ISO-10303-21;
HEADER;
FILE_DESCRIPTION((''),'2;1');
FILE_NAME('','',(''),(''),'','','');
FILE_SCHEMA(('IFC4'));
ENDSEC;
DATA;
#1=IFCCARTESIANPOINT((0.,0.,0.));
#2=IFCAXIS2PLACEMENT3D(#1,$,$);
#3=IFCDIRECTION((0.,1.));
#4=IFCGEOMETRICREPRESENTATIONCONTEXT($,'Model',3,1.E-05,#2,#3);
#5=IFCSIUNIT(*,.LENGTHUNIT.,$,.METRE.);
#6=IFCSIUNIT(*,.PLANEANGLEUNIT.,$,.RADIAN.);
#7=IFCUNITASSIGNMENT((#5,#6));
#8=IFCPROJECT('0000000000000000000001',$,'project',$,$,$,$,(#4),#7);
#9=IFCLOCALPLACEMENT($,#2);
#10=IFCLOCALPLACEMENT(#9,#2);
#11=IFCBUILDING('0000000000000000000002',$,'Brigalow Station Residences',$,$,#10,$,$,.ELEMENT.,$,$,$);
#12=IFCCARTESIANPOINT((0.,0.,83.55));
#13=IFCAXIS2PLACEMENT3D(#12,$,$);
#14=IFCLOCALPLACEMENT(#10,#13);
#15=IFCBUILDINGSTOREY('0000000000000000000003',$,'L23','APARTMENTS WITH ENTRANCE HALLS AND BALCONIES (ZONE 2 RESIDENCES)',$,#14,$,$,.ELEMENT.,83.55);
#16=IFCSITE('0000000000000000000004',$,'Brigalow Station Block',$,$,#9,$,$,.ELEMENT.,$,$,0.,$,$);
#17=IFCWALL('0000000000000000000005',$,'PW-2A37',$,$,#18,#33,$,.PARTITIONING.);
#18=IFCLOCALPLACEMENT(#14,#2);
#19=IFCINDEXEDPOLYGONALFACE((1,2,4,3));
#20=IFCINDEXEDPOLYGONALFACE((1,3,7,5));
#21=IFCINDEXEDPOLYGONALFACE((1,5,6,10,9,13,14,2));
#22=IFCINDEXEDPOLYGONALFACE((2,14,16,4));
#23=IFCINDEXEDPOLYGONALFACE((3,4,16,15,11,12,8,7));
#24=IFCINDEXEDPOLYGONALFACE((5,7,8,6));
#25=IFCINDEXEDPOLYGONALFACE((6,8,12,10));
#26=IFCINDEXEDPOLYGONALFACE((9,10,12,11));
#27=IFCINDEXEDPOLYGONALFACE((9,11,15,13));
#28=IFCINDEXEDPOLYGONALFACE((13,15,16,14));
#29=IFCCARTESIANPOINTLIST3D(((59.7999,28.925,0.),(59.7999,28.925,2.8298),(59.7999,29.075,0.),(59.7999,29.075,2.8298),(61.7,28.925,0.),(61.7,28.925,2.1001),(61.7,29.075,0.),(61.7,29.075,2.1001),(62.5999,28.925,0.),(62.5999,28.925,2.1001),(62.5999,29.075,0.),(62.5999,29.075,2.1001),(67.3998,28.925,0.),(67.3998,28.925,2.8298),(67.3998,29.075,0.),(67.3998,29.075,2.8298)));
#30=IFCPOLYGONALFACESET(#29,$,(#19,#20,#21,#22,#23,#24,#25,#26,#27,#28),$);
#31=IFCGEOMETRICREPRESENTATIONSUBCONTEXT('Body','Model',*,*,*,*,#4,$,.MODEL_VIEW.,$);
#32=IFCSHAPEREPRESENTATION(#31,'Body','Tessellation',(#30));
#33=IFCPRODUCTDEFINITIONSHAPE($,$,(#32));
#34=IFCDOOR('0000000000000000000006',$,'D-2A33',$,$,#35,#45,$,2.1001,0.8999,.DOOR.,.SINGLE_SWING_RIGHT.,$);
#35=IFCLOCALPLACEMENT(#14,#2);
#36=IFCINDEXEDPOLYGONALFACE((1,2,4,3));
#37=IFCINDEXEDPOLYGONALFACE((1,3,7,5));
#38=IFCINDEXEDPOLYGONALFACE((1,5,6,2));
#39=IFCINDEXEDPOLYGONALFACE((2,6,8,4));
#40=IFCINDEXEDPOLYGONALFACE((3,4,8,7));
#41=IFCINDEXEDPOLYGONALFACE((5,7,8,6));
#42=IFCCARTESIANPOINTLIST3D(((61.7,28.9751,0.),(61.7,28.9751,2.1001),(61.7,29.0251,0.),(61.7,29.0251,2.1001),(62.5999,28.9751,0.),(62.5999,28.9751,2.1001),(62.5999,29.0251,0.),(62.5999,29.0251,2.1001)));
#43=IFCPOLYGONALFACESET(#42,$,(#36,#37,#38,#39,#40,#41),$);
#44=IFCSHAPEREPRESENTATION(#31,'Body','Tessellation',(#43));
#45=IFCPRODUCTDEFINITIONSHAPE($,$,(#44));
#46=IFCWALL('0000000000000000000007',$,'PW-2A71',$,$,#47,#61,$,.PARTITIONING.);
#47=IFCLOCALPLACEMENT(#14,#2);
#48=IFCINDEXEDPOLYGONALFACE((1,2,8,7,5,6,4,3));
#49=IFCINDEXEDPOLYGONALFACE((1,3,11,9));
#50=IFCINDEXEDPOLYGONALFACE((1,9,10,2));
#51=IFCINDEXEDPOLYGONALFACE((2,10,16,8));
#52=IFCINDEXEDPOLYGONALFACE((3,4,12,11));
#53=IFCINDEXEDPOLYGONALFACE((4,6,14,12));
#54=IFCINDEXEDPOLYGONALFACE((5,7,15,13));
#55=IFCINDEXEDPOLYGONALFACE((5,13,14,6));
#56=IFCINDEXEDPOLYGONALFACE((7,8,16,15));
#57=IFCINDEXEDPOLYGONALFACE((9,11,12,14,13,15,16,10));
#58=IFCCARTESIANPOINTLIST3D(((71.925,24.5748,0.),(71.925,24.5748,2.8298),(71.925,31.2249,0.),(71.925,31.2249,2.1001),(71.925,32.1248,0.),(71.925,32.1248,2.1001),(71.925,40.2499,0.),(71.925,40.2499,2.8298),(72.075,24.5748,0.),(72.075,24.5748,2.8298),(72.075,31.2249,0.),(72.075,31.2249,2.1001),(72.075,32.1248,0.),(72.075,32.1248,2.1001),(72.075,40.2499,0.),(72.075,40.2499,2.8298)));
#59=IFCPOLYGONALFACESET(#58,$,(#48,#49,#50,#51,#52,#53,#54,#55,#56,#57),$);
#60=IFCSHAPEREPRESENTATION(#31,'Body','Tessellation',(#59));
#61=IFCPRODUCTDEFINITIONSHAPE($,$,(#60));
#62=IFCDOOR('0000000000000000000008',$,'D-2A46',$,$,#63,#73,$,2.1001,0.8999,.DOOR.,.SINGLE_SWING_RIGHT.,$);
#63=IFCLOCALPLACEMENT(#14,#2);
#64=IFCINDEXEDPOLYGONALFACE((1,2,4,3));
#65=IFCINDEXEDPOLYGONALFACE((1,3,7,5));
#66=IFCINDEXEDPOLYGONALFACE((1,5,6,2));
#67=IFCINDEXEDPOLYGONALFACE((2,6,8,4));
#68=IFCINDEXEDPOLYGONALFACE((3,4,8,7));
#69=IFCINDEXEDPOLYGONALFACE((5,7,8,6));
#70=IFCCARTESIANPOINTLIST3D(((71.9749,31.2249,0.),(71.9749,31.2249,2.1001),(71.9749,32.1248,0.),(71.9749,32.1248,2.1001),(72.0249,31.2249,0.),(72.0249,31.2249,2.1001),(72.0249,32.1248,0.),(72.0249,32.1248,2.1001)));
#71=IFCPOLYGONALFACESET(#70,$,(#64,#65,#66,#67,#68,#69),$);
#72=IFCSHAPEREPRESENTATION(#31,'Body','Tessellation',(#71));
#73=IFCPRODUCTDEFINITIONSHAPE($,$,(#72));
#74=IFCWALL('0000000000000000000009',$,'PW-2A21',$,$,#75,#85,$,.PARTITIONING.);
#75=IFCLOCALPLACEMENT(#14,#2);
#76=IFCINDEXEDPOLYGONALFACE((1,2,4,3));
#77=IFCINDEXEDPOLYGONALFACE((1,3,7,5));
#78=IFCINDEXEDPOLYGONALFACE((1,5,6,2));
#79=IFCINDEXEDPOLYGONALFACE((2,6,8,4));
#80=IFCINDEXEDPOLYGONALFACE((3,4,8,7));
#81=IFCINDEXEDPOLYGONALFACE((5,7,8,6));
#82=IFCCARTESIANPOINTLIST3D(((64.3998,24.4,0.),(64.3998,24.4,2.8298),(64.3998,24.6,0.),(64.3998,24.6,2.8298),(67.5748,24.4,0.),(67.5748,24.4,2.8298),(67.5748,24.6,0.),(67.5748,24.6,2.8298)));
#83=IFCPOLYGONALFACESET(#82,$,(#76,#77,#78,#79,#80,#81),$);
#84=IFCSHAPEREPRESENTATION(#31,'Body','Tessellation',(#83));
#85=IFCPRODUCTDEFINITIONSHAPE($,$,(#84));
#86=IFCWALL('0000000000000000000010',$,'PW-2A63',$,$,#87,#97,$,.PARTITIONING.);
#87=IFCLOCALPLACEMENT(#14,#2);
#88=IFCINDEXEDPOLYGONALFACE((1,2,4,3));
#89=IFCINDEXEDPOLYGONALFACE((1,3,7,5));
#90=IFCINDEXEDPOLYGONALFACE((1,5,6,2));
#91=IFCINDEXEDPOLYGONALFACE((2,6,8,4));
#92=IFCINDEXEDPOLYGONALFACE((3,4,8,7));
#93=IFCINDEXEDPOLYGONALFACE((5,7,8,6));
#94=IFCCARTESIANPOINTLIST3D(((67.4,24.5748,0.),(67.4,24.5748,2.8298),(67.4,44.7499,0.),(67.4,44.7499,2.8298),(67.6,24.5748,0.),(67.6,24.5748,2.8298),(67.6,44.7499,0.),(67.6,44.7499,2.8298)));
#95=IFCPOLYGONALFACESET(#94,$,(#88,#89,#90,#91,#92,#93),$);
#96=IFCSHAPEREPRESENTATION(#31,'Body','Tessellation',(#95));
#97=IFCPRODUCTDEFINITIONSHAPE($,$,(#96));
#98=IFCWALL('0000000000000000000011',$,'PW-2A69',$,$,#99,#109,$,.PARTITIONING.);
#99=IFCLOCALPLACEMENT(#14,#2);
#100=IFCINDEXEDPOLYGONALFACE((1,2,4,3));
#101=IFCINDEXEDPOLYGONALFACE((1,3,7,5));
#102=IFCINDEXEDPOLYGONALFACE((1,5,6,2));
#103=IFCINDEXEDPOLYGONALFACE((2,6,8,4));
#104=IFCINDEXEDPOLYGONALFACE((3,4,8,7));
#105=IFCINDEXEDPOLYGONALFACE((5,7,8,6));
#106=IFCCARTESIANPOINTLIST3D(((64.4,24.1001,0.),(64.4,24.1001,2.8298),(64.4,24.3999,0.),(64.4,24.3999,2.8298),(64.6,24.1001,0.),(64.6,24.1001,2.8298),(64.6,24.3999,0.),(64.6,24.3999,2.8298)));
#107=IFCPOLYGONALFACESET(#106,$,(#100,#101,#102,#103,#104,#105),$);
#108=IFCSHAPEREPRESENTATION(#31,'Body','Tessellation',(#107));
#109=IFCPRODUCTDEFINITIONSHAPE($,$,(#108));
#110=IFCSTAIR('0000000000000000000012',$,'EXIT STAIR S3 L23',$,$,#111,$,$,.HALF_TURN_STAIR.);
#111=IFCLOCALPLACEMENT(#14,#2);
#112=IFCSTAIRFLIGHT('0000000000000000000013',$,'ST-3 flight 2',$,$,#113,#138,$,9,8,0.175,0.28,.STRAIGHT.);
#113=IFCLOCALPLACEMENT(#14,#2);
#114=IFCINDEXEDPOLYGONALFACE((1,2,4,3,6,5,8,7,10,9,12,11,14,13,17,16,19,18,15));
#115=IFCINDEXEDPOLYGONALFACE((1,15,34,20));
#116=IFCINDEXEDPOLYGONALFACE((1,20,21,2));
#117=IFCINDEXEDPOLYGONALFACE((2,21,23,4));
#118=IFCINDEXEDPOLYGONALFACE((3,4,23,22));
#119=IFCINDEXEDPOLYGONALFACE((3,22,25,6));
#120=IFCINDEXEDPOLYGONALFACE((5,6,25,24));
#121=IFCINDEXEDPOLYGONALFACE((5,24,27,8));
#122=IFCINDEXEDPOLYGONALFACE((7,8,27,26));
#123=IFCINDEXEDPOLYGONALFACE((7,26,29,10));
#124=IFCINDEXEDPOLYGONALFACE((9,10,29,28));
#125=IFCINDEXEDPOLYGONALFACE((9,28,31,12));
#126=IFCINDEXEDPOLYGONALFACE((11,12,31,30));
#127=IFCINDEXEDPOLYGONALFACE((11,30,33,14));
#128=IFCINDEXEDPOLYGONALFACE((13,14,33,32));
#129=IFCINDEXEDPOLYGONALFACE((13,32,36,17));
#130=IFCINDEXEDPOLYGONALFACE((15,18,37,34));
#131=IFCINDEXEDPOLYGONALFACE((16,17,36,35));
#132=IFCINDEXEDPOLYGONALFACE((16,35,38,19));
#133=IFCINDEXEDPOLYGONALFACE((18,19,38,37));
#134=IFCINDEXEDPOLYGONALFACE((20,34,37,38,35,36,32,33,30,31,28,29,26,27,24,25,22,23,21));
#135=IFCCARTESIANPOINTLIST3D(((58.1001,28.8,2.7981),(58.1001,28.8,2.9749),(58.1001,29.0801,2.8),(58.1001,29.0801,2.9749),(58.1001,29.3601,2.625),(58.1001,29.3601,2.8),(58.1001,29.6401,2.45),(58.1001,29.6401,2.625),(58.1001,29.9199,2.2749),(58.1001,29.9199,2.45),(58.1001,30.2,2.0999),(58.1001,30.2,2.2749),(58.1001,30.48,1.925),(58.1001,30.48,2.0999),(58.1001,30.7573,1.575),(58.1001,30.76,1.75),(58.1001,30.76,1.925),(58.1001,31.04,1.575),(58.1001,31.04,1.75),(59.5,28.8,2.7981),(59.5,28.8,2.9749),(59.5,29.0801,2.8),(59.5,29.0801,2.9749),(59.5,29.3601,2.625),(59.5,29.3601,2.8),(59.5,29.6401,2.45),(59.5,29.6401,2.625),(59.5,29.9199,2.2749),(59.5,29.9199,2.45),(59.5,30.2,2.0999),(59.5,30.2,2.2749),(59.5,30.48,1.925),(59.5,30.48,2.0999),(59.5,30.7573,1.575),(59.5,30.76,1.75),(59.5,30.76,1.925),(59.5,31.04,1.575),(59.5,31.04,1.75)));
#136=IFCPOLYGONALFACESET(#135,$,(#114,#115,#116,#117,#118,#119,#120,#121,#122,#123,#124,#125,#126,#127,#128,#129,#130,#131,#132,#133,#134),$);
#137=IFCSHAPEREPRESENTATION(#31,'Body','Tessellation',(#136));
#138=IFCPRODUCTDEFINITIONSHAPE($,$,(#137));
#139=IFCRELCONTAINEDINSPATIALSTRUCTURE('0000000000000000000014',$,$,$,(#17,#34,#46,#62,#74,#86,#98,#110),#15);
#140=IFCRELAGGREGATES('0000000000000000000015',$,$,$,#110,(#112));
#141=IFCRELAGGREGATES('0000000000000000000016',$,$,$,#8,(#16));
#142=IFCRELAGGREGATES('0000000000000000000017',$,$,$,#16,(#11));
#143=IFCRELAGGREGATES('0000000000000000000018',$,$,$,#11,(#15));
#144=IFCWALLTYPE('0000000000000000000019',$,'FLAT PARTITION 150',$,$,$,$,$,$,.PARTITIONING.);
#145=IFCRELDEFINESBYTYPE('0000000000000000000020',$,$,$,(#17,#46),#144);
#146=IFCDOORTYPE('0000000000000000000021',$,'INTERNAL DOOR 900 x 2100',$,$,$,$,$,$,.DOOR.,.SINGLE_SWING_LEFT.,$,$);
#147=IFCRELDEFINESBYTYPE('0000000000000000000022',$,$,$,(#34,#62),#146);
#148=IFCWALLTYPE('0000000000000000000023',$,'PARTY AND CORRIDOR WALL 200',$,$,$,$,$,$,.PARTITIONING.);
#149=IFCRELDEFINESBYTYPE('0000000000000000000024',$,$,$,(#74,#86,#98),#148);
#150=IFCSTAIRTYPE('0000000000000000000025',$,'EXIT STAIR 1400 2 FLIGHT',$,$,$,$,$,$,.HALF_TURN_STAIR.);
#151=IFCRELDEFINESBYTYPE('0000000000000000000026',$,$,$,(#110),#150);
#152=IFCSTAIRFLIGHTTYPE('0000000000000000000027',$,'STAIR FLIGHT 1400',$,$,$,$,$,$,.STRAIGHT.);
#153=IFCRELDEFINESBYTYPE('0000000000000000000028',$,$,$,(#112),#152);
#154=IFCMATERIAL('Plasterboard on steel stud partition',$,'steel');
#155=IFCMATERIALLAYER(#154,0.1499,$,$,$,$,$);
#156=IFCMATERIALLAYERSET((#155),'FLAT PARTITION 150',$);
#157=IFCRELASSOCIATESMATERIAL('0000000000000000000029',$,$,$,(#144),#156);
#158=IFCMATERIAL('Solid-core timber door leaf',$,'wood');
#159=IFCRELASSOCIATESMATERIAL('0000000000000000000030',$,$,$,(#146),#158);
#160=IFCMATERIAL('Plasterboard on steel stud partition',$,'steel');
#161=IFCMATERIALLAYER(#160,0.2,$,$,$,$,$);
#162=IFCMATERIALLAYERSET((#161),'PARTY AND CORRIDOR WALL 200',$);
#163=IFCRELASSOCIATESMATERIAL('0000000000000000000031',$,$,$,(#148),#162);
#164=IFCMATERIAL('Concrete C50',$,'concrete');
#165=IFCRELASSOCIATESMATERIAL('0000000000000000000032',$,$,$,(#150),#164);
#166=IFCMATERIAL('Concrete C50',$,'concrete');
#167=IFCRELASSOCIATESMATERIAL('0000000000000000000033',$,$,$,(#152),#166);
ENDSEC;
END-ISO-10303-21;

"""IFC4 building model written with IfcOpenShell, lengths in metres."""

from ifc_helpers import new_model, si_unit, direction, frame, frame_2d, origin, place, context, subcontext, project, spatial, polyline, rectangle, outline, extrude, material, layer, layer_set, type_object, element, fill, aggregate, save


model = new_model("IFC4")

# Units and contexts
model_context = context("Model", 3, precision=1e-05, world=origin(), true_north=direction((0.0, 1.0)))
body_context = subcontext(model_context, "Body", "Model", "MODEL_VIEW")
ifc_project = project(units=[si_unit("LENGTHUNIT", "METRE"), si_unit("PLANEANGLEUNIT", "RADIAN")], contexts=[model_context])

# Site, building, storey
site_placement = place(None, origin())
site = spatial("IfcSite", under=ifc_project, at=site_placement, Name="Brigalow Station Block", CompositionType="ELEMENT", RefElevation=0.0)
building_placement = place(site_placement, origin())
building = spatial("IfcBuilding", under=site, at=building_placement, Name="Brigalow Station Residences", CompositionType="ELEMENT")
storey_placement = place(building_placement, frame((0.0, 0.0, 83.55)))
storey = spatial("IfcBuildingStorey", under=building, at=storey_placement, Name="L23", Description="APARTMENTS WITH ENTRANCE HALLS AND BALCONIES (ZONE 2 RESIDENCES)", CompositionType="ELEMENT", Elevation=83.55)

# Shared definitions
ifc_material_1 = material(Name="Plasterboard on steel stud partition", Category="steel")
ifc_layer_1 = layer(ifc_material_1, 0.1499)
ifc_layer_set_1 = layer_set([ifc_layer_1], Name="FLAT PARTITION 150")
wall_type_1 = type_object("IfcWallType", Name="FLAT PARTITION 150", PredefinedType="PARTITIONING", material=ifc_layer_set_1)

# Walls, openings, doors
wall_1_placement = place(storey_placement, frame((59.8, 29.0, 0.0), z_axis=(0.0, 0.0, 1.0), x_axis=(1.0, 0.0, 0.0)))
wall_1 = element("IfcWall", 1, at=wall_1_placement, inside=storey, type_object=wall_type_1, Name="PW-2A37", PredefinedType="PARTITIONING", context=body_context, shape_type="SweptSolid", body=[
    extrude(rectangle(XDim=7.5999, YDim=0.1499, at=frame_2d((3.7998, 0.0))), origin(), (0.0, 0.0, 1.0), 2.8298),
])
opening_1_placement = place(wall_1_placement, frame((1.8999, 0.0, 0.0)))
opening_1 = element("IfcOpeningElement", 2, at=opening_1_placement, cuts=wall_1, PredefinedType="OPENING", context=body_context, shape_type="SweptSolid", body=[
    extrude(rectangle(XDim=0.8999, YDim=2.1001, at=frame_2d((0.45, 1.05))), frame((0.0, 0.085, 0.0), z_axis=(0.0, -1.0, 0.0), x_axis=(1.0, 0.0, 0.0)), (0.0, 0.0, 1.0), 0.1699),
])
ifc_material_2 = material(Name="Solid-core timber door leaf", Category="wood")
door_type_1 = type_object("IfcDoorType", Name="INTERNAL DOOR 900 x 2100", OperationType="SINGLE_SWING_LEFT", PredefinedType="DOOR", material=ifc_material_2)
door_1_placement = place(opening_1_placement, frame((0.8999, 0.0, 0.0), z_axis=(0.0, 0.0, 1.0), x_axis=(-1.0, 0.0, 0.0)))
door_1 = element("IfcDoor", 3, at=door_1_placement, inside=storey, type_object=door_type_1, Name="D-2A33", OperationType="SINGLE_SWING_RIGHT", OverallHeight=2.1001, OverallWidth=0.8999, PredefinedType="DOOR", context=body_context, shape_type="SweptSolid", body=[
    extrude(rectangle(XDim=0.8999, YDim=2.1001, at=frame_2d((0.45, 1.05))), frame((0.0, 0.0249, 0.0), z_axis=(0.0, -1.0, 0.0), x_axis=(1.0, 0.0, 0.0)), (0.0, 0.0, 1.0), 0.05),
])
fill(opening_1, door_1)
wall_2_placement = place(storey_placement, frame((72.0, 24.575, 0.0), z_axis=(0.0, 0.0, 1.0), x_axis=(0.0, 1.0, 0.0)))
wall_2 = element("IfcWall", 4, at=wall_2_placement, inside=storey, type_object=wall_type_1, Name="PW-2A71", PredefinedType="PARTITIONING", context=body_context, shape_type="SweptSolid", body=[
    extrude(rectangle(XDim=15.675, YDim=0.1499, at=frame_2d((7.8374, 0.0))), origin(), (0.0, 0.0, 1.0), 2.8298),
])
opening_2_placement = place(wall_2_placement, frame((6.6499, 0.0, 0.0)))
opening_2 = element("IfcOpeningElement", 5, at=opening_2_placement, cuts=wall_2, PredefinedType="OPENING", context=body_context, shape_type="SweptSolid", body=[
    extrude(rectangle(XDim=0.8999, YDim=2.1001, at=frame_2d((0.45, 1.05))), frame((0.0, 0.085, 0.0), z_axis=(0.0, -1.0, 0.0), x_axis=(1.0, 0.0, 0.0)), (0.0, 0.0, 1.0), 0.1699),
])
door_2_placement = place(opening_2_placement, frame((0.8999, 0.0, 0.0), z_axis=(0.0, 0.0, 1.0), x_axis=(-1.0, 0.0, 0.0)))
door_2 = element("IfcDoor", 6, at=door_2_placement, inside=storey, type_object=door_type_1, Name="D-2A46", OperationType="SINGLE_SWING_RIGHT", OverallHeight=2.1001, OverallWidth=0.8999, PredefinedType="DOOR", context=body_context, shape_type="SweptSolid", body=[
    extrude(rectangle(XDim=0.8999, YDim=2.1001, at=frame_2d((0.45, 1.05))), frame((0.0, 0.0249, 0.0), z_axis=(0.0, -1.0, 0.0), x_axis=(1.0, 0.0, 0.0)), (0.0, 0.0, 1.0), 0.05),
])
fill(opening_2, door_2)

# Walls
ifc_material_3 = material(Name="Plasterboard on steel stud partition", Category="steel")
ifc_layer_2 = layer(ifc_material_3, 0.2)
ifc_layer_set_2 = layer_set([ifc_layer_2], Name="PARTY AND CORRIDOR WALL 200")
wall_type_2 = type_object("IfcWallType", Name="PARTY AND CORRIDOR WALL 200", PredefinedType="PARTITIONING", material=ifc_layer_set_2)
wall_3_placement = place(storey_placement, frame((64.3999, 24.5, 0.0), z_axis=(0.0, 0.0, 1.0), x_axis=(1.0, 0.0, 0.0)))
element("IfcWall", 7, at=wall_3_placement, inside=storey, type_object=wall_type_2, Name="PW-2A21", PredefinedType="PARTITIONING", context=body_context, shape_type="SweptSolid", body=[
    extrude(rectangle(XDim=3.175, YDim=0.2, at=frame_2d((1.5874, 0.0))), origin(), (0.0, 0.0, 1.0), 2.8298),
])
wall_4_placement = place(storey_placement, frame((67.5, 24.575, 0.0), z_axis=(0.0, 0.0, 1.0), x_axis=(0.0, 1.0, 0.0)))
element("IfcWall", 8, at=wall_4_placement, inside=storey, type_object=wall_type_2, Name="PW-2A63", PredefinedType="PARTITIONING", context=body_context, shape_type="SweptSolid", body=[
    extrude(rectangle(XDim=20.175, YDim=0.2, at=frame_2d((10.0874, 0.0))), origin(), (0.0, 0.0, 1.0), 2.8298),
])
wall_5_placement = place(storey_placement, frame((64.5, 24.1001, 0.0), z_axis=(0.0, 0.0, 1.0), x_axis=(0.0, 1.0, 0.0)))
element("IfcWall", 9, at=wall_5_placement, inside=storey, type_object=wall_type_2, Name="PW-2A69", PredefinedType="PARTITIONING", context=body_context, shape_type="SweptSolid", body=[
    extrude(rectangle(XDim=0.2998, YDim=0.2, at=frame_2d((0.1499, 0.0))), origin(), (0.0, 0.0, 1.0), 2.8298),
])

# Stair, stair flight
ifc_material_4 = material(Name="Concrete C50", Category="concrete")
stair_type = type_object("IfcStairType", Name="EXIT STAIR 1400 2 FLIGHT", PredefinedType="HALF_TURN_STAIR", material=ifc_material_4)
stair_placement = place(storey_placement, origin())
stair = element("IfcStair", 10, at=stair_placement, inside=storey, type_object=stair_type, Name="EXIT STAIR S3 L23", PredefinedType="HALF_TURN_STAIR")
ifc_material_5 = material(Name="Concrete C50", Category="concrete")
stair_flight_type = type_object("IfcStairFlightType", Name="STAIR FLIGHT 1400", PredefinedType="STRAIGHT", material=ifc_material_5)
stair_flight_placement = place(storey_placement, frame((58.8, 31.04, 1.575), z_axis=(0.0, 0.0, 1.0), x_axis=(0.0, -1.0, 0.0)))
stair_flight = element("IfcStairFlight", 11, at=stair_flight_placement, type_object=stair_flight_type, Name="ST-3 flight 2", NumberOfRisers=9, NumberOfTreads=8, PredefinedType="STRAIGHT", RiserHeight=0.175, TreadLength=0.28, context=body_context, shape_type="SweptSolid", body=[
    extrude(outline(polyline([(0.0, 0.0), (0.0, 0.175), (0.28, 0.175), (0.28, 0.3501), (0.5601, 0.3501), (0.5601, 0.5249), (0.8401, 0.5249), (0.8401, 0.7), (1.1201, 0.7), (1.1201, 0.875), (1.3999, 0.875), (1.3999, 1.05), (1.6799, 1.05), (1.6799, 1.2251), (1.96, 1.2251), (1.96, 1.3999), (2.24, 1.3999), (2.24, 1.575), (2.24, 1.2231), (0.2827, 0.0), (0.0, 0.0)])), frame((0.0, 0.7, 0.0), z_axis=(0.0, -1.0, 0.0), x_axis=(1.0, 0.0, 0.0)), (0.0, 0.0, 1.0), 1.3999),
])
aggregate(stair, [stair_flight])

save(model, "model.ifc")
